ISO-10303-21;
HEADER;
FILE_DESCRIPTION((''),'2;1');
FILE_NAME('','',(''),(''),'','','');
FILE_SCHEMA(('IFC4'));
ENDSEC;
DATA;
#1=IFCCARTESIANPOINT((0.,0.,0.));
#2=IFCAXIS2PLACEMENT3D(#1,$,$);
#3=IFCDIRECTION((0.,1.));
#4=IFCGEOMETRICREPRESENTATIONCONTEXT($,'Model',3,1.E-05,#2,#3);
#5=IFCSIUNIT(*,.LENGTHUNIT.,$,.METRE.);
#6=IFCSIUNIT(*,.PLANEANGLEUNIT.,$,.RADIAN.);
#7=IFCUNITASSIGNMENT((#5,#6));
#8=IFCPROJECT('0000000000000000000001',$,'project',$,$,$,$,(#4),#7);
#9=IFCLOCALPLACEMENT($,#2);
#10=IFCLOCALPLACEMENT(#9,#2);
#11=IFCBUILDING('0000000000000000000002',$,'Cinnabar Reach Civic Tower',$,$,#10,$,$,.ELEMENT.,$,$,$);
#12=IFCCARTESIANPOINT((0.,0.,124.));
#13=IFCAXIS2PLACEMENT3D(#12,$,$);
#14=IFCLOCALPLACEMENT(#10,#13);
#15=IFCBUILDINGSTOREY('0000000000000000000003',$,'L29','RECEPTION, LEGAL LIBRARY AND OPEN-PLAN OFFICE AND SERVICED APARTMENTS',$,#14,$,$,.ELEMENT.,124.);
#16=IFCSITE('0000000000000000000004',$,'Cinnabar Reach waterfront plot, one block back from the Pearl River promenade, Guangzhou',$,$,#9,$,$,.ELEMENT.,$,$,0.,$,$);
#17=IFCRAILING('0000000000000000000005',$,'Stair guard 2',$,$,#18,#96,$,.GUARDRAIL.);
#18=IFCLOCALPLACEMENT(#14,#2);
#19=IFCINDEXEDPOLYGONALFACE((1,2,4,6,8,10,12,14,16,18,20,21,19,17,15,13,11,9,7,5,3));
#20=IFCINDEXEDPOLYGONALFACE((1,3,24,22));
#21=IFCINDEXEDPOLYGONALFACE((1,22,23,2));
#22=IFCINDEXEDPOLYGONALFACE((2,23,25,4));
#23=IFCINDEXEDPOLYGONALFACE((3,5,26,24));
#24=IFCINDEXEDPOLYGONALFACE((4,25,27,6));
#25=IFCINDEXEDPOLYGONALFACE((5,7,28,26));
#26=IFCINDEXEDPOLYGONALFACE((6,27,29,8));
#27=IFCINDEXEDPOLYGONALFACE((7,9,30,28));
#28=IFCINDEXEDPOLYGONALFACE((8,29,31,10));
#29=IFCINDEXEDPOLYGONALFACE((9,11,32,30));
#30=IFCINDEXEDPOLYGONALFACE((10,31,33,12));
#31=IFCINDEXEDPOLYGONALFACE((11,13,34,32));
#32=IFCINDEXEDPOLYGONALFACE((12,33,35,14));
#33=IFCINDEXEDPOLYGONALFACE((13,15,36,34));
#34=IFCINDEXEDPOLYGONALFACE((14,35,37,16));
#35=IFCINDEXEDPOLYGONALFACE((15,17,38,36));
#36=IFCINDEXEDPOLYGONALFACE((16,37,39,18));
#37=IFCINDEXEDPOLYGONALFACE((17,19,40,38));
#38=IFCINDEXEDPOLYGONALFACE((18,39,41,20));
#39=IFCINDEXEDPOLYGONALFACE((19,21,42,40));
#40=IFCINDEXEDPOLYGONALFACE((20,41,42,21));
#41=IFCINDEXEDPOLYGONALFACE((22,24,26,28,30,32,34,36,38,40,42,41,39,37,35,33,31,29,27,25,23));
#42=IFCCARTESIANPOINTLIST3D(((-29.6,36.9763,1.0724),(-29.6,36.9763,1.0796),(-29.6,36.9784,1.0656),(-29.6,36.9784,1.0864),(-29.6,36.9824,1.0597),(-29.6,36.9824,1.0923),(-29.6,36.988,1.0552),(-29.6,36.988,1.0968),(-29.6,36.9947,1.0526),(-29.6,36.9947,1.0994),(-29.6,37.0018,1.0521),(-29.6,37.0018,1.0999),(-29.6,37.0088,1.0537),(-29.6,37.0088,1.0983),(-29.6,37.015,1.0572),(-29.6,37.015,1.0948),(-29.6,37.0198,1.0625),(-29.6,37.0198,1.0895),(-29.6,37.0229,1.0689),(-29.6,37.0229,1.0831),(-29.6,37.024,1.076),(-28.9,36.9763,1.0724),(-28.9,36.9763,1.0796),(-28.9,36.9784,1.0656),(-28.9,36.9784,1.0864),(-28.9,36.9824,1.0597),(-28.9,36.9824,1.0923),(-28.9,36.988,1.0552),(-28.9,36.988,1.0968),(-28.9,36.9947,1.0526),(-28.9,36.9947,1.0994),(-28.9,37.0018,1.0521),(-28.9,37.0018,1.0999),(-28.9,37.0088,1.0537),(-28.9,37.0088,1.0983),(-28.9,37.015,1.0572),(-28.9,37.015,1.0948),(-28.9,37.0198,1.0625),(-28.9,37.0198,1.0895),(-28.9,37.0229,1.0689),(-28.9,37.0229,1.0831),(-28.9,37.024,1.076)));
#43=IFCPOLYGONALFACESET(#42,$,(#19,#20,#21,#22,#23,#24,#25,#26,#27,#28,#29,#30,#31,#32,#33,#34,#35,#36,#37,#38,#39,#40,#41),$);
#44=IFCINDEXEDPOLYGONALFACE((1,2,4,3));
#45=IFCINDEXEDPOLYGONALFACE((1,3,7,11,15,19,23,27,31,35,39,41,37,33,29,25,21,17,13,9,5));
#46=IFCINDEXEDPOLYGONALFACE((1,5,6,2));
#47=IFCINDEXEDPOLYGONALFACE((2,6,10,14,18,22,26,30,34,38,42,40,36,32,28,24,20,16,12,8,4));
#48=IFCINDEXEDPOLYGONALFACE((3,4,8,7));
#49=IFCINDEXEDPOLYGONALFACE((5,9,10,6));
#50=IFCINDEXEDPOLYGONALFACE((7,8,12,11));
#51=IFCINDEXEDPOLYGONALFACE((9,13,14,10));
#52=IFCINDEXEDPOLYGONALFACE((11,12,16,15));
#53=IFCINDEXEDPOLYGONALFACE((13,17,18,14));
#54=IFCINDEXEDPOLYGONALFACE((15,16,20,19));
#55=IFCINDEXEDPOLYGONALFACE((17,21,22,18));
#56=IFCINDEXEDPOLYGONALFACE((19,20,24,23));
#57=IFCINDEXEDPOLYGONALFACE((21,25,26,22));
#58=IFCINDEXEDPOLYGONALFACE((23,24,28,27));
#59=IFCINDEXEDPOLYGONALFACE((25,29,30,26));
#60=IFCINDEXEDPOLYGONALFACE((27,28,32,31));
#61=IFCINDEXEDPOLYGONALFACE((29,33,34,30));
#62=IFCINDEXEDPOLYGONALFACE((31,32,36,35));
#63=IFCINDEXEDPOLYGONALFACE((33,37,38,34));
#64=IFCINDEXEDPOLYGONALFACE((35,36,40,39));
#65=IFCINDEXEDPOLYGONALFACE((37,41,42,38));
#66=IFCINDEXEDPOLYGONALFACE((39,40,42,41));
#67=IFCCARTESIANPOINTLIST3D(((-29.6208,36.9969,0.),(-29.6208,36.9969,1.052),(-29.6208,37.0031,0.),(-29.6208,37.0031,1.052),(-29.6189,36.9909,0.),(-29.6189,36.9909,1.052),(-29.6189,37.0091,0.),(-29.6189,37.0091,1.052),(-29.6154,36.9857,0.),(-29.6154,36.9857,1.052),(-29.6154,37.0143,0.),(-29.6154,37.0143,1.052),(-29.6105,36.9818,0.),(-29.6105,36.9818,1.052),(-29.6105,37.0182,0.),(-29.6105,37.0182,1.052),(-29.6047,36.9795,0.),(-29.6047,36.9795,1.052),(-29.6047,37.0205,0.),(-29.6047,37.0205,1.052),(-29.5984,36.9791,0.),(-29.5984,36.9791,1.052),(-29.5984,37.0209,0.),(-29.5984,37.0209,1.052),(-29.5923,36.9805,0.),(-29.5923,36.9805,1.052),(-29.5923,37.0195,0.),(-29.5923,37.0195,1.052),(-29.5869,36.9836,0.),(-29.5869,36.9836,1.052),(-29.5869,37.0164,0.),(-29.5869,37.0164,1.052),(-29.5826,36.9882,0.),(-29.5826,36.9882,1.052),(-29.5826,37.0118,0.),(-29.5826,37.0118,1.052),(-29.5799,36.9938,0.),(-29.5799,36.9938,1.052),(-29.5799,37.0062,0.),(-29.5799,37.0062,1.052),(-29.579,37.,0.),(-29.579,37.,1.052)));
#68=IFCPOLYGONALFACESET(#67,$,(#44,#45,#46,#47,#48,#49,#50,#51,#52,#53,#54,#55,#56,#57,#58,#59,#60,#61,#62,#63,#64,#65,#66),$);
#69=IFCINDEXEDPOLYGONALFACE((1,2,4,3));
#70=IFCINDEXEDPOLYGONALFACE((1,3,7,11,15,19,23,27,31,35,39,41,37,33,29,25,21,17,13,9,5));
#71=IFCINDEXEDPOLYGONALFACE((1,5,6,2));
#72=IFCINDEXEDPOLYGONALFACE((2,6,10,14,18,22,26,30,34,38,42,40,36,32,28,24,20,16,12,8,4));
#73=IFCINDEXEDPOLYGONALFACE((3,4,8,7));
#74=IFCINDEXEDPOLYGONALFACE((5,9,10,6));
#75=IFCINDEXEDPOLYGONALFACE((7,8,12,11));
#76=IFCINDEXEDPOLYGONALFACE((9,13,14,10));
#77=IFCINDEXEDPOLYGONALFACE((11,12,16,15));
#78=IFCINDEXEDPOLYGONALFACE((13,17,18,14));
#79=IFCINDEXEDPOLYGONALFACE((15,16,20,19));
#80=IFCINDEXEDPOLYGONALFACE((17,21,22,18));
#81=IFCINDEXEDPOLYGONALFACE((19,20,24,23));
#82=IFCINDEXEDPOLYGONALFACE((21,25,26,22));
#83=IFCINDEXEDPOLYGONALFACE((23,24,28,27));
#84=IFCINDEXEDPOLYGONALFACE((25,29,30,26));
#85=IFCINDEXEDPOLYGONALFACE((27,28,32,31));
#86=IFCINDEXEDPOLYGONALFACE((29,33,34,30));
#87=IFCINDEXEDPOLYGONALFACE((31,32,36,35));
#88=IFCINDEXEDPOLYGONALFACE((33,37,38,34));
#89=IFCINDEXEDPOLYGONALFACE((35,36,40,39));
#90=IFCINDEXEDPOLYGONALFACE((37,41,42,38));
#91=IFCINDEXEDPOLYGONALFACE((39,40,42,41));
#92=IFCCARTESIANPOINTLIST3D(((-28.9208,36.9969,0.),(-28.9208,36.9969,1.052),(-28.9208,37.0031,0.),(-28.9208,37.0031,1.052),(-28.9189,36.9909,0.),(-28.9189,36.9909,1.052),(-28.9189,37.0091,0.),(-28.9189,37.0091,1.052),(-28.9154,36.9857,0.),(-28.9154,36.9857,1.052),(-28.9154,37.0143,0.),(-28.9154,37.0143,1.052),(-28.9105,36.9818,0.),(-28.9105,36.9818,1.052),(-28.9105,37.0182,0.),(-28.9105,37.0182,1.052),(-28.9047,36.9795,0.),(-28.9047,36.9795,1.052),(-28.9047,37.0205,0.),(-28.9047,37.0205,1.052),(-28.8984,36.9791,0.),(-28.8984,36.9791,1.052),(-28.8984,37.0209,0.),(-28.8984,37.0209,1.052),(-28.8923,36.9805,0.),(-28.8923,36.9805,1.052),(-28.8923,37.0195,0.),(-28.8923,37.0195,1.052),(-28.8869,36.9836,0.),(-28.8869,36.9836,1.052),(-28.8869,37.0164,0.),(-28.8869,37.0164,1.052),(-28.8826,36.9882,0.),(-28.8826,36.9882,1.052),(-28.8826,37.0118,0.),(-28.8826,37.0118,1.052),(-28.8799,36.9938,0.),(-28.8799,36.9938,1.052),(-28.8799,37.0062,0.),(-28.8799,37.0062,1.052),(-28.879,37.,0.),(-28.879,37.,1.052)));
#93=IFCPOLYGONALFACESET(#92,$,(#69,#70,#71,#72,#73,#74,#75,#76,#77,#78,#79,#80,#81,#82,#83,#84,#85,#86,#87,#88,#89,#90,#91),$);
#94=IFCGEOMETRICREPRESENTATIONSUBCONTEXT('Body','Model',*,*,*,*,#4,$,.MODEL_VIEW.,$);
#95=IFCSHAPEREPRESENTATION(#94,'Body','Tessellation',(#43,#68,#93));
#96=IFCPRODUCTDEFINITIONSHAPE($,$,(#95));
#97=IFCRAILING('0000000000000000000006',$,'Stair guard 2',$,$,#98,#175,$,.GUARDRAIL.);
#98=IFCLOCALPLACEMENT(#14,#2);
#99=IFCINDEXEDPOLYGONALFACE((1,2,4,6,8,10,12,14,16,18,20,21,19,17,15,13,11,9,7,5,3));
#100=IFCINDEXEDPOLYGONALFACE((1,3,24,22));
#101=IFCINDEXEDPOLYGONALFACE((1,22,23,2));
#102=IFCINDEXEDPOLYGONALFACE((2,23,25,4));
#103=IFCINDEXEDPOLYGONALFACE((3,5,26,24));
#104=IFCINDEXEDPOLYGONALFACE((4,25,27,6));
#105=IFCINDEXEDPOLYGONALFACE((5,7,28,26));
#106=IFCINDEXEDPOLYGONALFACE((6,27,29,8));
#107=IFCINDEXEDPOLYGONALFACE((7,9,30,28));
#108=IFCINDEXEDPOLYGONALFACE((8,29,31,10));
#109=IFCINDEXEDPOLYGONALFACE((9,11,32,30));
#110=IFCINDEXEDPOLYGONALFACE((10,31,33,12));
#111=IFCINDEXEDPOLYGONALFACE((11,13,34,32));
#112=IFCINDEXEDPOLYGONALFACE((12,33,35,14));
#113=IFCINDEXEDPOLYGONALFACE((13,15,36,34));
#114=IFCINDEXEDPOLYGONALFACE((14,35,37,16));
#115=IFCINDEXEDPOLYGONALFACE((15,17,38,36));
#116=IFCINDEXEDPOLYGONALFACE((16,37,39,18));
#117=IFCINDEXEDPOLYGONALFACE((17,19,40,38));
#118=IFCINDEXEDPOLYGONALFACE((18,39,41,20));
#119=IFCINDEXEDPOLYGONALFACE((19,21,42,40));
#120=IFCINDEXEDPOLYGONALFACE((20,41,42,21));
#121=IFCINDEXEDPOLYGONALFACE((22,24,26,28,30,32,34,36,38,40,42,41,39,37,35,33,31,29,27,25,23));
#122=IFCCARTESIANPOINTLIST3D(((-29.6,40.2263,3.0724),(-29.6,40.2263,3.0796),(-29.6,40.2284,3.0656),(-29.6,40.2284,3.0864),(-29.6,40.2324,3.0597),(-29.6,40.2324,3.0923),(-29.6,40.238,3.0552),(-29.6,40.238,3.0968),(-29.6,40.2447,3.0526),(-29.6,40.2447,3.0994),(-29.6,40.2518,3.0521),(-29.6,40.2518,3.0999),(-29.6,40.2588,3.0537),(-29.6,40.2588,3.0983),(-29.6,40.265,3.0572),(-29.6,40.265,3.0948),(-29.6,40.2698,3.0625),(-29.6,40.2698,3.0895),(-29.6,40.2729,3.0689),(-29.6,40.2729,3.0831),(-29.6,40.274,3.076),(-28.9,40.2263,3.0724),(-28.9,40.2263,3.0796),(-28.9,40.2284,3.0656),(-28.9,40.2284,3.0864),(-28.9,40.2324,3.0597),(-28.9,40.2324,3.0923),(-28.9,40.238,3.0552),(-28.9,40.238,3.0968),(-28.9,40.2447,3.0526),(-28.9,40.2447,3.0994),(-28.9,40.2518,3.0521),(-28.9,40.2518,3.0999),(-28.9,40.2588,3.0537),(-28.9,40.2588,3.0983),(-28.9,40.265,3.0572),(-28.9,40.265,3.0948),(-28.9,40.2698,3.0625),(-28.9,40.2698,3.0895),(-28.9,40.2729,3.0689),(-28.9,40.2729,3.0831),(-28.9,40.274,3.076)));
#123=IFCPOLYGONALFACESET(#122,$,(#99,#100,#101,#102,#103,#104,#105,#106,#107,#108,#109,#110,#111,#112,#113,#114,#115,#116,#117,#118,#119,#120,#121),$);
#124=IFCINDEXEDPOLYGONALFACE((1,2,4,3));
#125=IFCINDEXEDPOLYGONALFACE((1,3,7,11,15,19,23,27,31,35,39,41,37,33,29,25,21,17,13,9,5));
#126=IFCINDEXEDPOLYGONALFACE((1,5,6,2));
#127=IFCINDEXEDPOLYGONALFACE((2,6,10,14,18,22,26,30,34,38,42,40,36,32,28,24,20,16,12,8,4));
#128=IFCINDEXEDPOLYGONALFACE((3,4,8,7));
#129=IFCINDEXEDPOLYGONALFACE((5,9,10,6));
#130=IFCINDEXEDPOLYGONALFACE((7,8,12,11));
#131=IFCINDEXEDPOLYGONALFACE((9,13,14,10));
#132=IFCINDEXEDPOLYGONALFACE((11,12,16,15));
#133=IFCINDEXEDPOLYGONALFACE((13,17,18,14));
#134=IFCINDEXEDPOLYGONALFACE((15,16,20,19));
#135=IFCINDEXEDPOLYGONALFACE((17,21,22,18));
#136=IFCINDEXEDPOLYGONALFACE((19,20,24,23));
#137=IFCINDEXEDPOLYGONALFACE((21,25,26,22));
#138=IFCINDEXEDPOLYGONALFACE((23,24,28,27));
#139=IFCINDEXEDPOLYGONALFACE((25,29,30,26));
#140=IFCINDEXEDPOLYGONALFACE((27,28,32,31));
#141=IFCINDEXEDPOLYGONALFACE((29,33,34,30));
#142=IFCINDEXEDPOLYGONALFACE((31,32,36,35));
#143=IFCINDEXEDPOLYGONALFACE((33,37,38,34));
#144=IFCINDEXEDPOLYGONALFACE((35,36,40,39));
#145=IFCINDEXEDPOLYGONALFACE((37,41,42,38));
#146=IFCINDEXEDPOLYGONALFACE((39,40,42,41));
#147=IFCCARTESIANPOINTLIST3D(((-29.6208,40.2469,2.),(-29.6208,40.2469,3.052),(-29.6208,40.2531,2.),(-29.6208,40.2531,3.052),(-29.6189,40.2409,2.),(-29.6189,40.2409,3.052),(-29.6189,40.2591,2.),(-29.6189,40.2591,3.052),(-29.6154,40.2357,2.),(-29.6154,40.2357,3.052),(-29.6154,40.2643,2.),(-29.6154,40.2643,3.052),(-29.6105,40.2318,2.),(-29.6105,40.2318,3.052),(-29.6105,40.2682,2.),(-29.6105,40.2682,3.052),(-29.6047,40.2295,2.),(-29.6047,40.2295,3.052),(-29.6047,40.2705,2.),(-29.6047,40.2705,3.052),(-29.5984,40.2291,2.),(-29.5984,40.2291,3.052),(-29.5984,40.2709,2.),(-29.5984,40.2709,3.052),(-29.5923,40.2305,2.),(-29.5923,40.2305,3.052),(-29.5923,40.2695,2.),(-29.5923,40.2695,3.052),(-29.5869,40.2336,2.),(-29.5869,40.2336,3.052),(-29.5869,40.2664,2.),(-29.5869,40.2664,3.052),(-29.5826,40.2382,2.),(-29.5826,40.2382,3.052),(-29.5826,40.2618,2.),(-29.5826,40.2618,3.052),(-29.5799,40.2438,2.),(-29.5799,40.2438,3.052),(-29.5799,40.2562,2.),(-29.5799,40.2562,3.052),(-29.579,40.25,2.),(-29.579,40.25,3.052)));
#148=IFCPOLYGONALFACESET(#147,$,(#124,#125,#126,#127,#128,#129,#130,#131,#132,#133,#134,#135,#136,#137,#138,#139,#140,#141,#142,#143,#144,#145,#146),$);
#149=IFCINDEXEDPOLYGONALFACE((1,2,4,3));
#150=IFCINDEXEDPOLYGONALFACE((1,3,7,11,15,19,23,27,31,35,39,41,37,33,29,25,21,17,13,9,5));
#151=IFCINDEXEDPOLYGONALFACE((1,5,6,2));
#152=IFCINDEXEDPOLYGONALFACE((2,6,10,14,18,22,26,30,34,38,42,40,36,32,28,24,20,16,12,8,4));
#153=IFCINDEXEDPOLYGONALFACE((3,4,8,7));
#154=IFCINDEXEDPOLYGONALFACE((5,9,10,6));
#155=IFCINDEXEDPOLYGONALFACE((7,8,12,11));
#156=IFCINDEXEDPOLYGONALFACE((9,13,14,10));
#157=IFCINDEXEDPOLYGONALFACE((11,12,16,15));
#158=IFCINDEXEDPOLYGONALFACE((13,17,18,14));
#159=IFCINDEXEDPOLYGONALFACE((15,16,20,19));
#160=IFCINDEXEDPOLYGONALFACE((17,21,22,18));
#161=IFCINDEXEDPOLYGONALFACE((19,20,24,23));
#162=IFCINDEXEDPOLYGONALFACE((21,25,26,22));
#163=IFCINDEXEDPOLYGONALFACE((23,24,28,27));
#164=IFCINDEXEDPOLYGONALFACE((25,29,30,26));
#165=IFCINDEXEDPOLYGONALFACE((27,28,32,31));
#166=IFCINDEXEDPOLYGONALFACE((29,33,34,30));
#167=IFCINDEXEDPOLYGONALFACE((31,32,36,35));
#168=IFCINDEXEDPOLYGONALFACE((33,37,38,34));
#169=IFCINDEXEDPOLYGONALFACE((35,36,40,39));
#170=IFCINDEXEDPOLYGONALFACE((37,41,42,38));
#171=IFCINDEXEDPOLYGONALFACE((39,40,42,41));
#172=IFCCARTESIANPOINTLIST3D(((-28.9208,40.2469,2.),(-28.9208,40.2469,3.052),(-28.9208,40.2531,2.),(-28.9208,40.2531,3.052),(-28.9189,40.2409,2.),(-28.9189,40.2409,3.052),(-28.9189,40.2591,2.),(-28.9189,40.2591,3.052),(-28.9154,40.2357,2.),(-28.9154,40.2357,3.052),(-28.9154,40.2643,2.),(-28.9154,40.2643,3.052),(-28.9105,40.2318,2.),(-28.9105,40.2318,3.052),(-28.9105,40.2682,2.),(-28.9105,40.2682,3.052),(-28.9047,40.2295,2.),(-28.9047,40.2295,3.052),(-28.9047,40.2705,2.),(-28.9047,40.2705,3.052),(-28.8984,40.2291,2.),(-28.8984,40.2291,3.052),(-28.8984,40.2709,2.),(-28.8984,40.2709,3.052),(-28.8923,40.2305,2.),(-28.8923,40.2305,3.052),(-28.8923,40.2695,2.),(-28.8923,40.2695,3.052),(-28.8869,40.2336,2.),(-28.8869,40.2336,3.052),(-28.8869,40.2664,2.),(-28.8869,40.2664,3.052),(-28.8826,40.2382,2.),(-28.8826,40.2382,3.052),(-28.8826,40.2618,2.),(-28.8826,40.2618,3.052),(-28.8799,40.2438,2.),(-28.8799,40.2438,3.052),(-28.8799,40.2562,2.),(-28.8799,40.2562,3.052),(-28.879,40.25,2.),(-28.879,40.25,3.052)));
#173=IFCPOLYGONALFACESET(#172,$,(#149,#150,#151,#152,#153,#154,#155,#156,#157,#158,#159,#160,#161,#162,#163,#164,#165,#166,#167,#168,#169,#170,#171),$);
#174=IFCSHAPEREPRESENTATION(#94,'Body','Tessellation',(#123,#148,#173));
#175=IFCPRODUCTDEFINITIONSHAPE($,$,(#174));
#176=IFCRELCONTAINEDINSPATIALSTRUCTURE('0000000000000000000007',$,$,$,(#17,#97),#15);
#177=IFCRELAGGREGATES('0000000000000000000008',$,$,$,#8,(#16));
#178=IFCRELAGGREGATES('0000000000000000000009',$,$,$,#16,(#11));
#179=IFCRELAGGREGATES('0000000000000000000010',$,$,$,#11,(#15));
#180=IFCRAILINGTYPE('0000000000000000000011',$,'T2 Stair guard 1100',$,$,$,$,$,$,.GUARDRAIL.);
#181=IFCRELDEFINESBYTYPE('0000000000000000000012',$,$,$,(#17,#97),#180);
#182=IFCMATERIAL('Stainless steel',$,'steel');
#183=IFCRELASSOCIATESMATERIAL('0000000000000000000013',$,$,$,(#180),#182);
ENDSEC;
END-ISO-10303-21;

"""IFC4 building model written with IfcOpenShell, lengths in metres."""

from ifc_helpers import new_model, si_unit, direction, frame, origin, origin_2d, place, context, subcontext, project, spatial, circle, extrude, material, type_object, element, save


model = new_model("IFC4")

# Units and contexts
model_context = context("Model", 3, precision=1e-05, world=origin(), true_north=direction((0.0, 1.0)))
body_context = subcontext(model_context, "Body", "Model", "MODEL_VIEW")
ifc_project = project(units=[si_unit("LENGTHUNIT", "METRE"), si_unit("PLANEANGLEUNIT", "RADIAN")], contexts=[model_context])

# Site, building, storey
site_placement = place(None, origin())
site = spatial("IfcSite", under=ifc_project, at=site_placement, Name="Cinnabar Reach waterfront plot, one block back from the Pearl River promenade, Guangzhou", CompositionType="ELEMENT", RefElevation=0.0)
building_placement = place(site_placement, origin())
building = spatial("IfcBuilding", under=site, at=building_placement, Name="Cinnabar Reach Civic Tower", CompositionType="ELEMENT")
storey_placement = place(building_placement, frame((0.0, 0.0, 124.0)))
storey = spatial("IfcBuildingStorey", under=building, at=storey_placement, Name="L29", Description="RECEPTION, LEGAL LIBRARY AND OPEN-PLAN OFFICE AND SERVICED APARTMENTS", CompositionType="ELEMENT", Elevation=124.0)

# Railings
ifc_material_1 = material(Name="Stainless steel", Category="steel")
railing_type = type_object("IfcRailingType", Name="T2 Stair guard 1100", PredefinedType="GUARDRAIL", material=ifc_material_1)
for number, where, name in (
    (1, (-29.6, 37.0, 0.0), "Stair guard 2"),
    (2, (-29.6, 40.25, 2.0), "Stair guard 2"),
):
    element("IfcRailing", number, at=place(storey_placement, frame(where)), inside=storey, type_object=railing_type, Name=name, PredefinedType="GUARDRAIL", context=body_context, shape_type="SweptSolid", body=[
        extrude(circle(Radius=0.024, at=origin_2d()), frame((0.0, 0.0, 1.076), z_axis=(1.0, 0.0, 0.0), x_axis=(0.0, 1.0, 0.0)), (0.0, 0.0, 1.0), 0.7),
        extrude(circle(Radius=0.021, at=origin_2d()), origin(), (0.0, 0.0, 1.0), 1.052),
        extrude(circle(Radius=0.021, at=origin_2d()), frame((0.7, 0.0, 0.0)), (0.0, 0.0, 1.0), 1.052),
    ])

save(model, "model.ifc")
